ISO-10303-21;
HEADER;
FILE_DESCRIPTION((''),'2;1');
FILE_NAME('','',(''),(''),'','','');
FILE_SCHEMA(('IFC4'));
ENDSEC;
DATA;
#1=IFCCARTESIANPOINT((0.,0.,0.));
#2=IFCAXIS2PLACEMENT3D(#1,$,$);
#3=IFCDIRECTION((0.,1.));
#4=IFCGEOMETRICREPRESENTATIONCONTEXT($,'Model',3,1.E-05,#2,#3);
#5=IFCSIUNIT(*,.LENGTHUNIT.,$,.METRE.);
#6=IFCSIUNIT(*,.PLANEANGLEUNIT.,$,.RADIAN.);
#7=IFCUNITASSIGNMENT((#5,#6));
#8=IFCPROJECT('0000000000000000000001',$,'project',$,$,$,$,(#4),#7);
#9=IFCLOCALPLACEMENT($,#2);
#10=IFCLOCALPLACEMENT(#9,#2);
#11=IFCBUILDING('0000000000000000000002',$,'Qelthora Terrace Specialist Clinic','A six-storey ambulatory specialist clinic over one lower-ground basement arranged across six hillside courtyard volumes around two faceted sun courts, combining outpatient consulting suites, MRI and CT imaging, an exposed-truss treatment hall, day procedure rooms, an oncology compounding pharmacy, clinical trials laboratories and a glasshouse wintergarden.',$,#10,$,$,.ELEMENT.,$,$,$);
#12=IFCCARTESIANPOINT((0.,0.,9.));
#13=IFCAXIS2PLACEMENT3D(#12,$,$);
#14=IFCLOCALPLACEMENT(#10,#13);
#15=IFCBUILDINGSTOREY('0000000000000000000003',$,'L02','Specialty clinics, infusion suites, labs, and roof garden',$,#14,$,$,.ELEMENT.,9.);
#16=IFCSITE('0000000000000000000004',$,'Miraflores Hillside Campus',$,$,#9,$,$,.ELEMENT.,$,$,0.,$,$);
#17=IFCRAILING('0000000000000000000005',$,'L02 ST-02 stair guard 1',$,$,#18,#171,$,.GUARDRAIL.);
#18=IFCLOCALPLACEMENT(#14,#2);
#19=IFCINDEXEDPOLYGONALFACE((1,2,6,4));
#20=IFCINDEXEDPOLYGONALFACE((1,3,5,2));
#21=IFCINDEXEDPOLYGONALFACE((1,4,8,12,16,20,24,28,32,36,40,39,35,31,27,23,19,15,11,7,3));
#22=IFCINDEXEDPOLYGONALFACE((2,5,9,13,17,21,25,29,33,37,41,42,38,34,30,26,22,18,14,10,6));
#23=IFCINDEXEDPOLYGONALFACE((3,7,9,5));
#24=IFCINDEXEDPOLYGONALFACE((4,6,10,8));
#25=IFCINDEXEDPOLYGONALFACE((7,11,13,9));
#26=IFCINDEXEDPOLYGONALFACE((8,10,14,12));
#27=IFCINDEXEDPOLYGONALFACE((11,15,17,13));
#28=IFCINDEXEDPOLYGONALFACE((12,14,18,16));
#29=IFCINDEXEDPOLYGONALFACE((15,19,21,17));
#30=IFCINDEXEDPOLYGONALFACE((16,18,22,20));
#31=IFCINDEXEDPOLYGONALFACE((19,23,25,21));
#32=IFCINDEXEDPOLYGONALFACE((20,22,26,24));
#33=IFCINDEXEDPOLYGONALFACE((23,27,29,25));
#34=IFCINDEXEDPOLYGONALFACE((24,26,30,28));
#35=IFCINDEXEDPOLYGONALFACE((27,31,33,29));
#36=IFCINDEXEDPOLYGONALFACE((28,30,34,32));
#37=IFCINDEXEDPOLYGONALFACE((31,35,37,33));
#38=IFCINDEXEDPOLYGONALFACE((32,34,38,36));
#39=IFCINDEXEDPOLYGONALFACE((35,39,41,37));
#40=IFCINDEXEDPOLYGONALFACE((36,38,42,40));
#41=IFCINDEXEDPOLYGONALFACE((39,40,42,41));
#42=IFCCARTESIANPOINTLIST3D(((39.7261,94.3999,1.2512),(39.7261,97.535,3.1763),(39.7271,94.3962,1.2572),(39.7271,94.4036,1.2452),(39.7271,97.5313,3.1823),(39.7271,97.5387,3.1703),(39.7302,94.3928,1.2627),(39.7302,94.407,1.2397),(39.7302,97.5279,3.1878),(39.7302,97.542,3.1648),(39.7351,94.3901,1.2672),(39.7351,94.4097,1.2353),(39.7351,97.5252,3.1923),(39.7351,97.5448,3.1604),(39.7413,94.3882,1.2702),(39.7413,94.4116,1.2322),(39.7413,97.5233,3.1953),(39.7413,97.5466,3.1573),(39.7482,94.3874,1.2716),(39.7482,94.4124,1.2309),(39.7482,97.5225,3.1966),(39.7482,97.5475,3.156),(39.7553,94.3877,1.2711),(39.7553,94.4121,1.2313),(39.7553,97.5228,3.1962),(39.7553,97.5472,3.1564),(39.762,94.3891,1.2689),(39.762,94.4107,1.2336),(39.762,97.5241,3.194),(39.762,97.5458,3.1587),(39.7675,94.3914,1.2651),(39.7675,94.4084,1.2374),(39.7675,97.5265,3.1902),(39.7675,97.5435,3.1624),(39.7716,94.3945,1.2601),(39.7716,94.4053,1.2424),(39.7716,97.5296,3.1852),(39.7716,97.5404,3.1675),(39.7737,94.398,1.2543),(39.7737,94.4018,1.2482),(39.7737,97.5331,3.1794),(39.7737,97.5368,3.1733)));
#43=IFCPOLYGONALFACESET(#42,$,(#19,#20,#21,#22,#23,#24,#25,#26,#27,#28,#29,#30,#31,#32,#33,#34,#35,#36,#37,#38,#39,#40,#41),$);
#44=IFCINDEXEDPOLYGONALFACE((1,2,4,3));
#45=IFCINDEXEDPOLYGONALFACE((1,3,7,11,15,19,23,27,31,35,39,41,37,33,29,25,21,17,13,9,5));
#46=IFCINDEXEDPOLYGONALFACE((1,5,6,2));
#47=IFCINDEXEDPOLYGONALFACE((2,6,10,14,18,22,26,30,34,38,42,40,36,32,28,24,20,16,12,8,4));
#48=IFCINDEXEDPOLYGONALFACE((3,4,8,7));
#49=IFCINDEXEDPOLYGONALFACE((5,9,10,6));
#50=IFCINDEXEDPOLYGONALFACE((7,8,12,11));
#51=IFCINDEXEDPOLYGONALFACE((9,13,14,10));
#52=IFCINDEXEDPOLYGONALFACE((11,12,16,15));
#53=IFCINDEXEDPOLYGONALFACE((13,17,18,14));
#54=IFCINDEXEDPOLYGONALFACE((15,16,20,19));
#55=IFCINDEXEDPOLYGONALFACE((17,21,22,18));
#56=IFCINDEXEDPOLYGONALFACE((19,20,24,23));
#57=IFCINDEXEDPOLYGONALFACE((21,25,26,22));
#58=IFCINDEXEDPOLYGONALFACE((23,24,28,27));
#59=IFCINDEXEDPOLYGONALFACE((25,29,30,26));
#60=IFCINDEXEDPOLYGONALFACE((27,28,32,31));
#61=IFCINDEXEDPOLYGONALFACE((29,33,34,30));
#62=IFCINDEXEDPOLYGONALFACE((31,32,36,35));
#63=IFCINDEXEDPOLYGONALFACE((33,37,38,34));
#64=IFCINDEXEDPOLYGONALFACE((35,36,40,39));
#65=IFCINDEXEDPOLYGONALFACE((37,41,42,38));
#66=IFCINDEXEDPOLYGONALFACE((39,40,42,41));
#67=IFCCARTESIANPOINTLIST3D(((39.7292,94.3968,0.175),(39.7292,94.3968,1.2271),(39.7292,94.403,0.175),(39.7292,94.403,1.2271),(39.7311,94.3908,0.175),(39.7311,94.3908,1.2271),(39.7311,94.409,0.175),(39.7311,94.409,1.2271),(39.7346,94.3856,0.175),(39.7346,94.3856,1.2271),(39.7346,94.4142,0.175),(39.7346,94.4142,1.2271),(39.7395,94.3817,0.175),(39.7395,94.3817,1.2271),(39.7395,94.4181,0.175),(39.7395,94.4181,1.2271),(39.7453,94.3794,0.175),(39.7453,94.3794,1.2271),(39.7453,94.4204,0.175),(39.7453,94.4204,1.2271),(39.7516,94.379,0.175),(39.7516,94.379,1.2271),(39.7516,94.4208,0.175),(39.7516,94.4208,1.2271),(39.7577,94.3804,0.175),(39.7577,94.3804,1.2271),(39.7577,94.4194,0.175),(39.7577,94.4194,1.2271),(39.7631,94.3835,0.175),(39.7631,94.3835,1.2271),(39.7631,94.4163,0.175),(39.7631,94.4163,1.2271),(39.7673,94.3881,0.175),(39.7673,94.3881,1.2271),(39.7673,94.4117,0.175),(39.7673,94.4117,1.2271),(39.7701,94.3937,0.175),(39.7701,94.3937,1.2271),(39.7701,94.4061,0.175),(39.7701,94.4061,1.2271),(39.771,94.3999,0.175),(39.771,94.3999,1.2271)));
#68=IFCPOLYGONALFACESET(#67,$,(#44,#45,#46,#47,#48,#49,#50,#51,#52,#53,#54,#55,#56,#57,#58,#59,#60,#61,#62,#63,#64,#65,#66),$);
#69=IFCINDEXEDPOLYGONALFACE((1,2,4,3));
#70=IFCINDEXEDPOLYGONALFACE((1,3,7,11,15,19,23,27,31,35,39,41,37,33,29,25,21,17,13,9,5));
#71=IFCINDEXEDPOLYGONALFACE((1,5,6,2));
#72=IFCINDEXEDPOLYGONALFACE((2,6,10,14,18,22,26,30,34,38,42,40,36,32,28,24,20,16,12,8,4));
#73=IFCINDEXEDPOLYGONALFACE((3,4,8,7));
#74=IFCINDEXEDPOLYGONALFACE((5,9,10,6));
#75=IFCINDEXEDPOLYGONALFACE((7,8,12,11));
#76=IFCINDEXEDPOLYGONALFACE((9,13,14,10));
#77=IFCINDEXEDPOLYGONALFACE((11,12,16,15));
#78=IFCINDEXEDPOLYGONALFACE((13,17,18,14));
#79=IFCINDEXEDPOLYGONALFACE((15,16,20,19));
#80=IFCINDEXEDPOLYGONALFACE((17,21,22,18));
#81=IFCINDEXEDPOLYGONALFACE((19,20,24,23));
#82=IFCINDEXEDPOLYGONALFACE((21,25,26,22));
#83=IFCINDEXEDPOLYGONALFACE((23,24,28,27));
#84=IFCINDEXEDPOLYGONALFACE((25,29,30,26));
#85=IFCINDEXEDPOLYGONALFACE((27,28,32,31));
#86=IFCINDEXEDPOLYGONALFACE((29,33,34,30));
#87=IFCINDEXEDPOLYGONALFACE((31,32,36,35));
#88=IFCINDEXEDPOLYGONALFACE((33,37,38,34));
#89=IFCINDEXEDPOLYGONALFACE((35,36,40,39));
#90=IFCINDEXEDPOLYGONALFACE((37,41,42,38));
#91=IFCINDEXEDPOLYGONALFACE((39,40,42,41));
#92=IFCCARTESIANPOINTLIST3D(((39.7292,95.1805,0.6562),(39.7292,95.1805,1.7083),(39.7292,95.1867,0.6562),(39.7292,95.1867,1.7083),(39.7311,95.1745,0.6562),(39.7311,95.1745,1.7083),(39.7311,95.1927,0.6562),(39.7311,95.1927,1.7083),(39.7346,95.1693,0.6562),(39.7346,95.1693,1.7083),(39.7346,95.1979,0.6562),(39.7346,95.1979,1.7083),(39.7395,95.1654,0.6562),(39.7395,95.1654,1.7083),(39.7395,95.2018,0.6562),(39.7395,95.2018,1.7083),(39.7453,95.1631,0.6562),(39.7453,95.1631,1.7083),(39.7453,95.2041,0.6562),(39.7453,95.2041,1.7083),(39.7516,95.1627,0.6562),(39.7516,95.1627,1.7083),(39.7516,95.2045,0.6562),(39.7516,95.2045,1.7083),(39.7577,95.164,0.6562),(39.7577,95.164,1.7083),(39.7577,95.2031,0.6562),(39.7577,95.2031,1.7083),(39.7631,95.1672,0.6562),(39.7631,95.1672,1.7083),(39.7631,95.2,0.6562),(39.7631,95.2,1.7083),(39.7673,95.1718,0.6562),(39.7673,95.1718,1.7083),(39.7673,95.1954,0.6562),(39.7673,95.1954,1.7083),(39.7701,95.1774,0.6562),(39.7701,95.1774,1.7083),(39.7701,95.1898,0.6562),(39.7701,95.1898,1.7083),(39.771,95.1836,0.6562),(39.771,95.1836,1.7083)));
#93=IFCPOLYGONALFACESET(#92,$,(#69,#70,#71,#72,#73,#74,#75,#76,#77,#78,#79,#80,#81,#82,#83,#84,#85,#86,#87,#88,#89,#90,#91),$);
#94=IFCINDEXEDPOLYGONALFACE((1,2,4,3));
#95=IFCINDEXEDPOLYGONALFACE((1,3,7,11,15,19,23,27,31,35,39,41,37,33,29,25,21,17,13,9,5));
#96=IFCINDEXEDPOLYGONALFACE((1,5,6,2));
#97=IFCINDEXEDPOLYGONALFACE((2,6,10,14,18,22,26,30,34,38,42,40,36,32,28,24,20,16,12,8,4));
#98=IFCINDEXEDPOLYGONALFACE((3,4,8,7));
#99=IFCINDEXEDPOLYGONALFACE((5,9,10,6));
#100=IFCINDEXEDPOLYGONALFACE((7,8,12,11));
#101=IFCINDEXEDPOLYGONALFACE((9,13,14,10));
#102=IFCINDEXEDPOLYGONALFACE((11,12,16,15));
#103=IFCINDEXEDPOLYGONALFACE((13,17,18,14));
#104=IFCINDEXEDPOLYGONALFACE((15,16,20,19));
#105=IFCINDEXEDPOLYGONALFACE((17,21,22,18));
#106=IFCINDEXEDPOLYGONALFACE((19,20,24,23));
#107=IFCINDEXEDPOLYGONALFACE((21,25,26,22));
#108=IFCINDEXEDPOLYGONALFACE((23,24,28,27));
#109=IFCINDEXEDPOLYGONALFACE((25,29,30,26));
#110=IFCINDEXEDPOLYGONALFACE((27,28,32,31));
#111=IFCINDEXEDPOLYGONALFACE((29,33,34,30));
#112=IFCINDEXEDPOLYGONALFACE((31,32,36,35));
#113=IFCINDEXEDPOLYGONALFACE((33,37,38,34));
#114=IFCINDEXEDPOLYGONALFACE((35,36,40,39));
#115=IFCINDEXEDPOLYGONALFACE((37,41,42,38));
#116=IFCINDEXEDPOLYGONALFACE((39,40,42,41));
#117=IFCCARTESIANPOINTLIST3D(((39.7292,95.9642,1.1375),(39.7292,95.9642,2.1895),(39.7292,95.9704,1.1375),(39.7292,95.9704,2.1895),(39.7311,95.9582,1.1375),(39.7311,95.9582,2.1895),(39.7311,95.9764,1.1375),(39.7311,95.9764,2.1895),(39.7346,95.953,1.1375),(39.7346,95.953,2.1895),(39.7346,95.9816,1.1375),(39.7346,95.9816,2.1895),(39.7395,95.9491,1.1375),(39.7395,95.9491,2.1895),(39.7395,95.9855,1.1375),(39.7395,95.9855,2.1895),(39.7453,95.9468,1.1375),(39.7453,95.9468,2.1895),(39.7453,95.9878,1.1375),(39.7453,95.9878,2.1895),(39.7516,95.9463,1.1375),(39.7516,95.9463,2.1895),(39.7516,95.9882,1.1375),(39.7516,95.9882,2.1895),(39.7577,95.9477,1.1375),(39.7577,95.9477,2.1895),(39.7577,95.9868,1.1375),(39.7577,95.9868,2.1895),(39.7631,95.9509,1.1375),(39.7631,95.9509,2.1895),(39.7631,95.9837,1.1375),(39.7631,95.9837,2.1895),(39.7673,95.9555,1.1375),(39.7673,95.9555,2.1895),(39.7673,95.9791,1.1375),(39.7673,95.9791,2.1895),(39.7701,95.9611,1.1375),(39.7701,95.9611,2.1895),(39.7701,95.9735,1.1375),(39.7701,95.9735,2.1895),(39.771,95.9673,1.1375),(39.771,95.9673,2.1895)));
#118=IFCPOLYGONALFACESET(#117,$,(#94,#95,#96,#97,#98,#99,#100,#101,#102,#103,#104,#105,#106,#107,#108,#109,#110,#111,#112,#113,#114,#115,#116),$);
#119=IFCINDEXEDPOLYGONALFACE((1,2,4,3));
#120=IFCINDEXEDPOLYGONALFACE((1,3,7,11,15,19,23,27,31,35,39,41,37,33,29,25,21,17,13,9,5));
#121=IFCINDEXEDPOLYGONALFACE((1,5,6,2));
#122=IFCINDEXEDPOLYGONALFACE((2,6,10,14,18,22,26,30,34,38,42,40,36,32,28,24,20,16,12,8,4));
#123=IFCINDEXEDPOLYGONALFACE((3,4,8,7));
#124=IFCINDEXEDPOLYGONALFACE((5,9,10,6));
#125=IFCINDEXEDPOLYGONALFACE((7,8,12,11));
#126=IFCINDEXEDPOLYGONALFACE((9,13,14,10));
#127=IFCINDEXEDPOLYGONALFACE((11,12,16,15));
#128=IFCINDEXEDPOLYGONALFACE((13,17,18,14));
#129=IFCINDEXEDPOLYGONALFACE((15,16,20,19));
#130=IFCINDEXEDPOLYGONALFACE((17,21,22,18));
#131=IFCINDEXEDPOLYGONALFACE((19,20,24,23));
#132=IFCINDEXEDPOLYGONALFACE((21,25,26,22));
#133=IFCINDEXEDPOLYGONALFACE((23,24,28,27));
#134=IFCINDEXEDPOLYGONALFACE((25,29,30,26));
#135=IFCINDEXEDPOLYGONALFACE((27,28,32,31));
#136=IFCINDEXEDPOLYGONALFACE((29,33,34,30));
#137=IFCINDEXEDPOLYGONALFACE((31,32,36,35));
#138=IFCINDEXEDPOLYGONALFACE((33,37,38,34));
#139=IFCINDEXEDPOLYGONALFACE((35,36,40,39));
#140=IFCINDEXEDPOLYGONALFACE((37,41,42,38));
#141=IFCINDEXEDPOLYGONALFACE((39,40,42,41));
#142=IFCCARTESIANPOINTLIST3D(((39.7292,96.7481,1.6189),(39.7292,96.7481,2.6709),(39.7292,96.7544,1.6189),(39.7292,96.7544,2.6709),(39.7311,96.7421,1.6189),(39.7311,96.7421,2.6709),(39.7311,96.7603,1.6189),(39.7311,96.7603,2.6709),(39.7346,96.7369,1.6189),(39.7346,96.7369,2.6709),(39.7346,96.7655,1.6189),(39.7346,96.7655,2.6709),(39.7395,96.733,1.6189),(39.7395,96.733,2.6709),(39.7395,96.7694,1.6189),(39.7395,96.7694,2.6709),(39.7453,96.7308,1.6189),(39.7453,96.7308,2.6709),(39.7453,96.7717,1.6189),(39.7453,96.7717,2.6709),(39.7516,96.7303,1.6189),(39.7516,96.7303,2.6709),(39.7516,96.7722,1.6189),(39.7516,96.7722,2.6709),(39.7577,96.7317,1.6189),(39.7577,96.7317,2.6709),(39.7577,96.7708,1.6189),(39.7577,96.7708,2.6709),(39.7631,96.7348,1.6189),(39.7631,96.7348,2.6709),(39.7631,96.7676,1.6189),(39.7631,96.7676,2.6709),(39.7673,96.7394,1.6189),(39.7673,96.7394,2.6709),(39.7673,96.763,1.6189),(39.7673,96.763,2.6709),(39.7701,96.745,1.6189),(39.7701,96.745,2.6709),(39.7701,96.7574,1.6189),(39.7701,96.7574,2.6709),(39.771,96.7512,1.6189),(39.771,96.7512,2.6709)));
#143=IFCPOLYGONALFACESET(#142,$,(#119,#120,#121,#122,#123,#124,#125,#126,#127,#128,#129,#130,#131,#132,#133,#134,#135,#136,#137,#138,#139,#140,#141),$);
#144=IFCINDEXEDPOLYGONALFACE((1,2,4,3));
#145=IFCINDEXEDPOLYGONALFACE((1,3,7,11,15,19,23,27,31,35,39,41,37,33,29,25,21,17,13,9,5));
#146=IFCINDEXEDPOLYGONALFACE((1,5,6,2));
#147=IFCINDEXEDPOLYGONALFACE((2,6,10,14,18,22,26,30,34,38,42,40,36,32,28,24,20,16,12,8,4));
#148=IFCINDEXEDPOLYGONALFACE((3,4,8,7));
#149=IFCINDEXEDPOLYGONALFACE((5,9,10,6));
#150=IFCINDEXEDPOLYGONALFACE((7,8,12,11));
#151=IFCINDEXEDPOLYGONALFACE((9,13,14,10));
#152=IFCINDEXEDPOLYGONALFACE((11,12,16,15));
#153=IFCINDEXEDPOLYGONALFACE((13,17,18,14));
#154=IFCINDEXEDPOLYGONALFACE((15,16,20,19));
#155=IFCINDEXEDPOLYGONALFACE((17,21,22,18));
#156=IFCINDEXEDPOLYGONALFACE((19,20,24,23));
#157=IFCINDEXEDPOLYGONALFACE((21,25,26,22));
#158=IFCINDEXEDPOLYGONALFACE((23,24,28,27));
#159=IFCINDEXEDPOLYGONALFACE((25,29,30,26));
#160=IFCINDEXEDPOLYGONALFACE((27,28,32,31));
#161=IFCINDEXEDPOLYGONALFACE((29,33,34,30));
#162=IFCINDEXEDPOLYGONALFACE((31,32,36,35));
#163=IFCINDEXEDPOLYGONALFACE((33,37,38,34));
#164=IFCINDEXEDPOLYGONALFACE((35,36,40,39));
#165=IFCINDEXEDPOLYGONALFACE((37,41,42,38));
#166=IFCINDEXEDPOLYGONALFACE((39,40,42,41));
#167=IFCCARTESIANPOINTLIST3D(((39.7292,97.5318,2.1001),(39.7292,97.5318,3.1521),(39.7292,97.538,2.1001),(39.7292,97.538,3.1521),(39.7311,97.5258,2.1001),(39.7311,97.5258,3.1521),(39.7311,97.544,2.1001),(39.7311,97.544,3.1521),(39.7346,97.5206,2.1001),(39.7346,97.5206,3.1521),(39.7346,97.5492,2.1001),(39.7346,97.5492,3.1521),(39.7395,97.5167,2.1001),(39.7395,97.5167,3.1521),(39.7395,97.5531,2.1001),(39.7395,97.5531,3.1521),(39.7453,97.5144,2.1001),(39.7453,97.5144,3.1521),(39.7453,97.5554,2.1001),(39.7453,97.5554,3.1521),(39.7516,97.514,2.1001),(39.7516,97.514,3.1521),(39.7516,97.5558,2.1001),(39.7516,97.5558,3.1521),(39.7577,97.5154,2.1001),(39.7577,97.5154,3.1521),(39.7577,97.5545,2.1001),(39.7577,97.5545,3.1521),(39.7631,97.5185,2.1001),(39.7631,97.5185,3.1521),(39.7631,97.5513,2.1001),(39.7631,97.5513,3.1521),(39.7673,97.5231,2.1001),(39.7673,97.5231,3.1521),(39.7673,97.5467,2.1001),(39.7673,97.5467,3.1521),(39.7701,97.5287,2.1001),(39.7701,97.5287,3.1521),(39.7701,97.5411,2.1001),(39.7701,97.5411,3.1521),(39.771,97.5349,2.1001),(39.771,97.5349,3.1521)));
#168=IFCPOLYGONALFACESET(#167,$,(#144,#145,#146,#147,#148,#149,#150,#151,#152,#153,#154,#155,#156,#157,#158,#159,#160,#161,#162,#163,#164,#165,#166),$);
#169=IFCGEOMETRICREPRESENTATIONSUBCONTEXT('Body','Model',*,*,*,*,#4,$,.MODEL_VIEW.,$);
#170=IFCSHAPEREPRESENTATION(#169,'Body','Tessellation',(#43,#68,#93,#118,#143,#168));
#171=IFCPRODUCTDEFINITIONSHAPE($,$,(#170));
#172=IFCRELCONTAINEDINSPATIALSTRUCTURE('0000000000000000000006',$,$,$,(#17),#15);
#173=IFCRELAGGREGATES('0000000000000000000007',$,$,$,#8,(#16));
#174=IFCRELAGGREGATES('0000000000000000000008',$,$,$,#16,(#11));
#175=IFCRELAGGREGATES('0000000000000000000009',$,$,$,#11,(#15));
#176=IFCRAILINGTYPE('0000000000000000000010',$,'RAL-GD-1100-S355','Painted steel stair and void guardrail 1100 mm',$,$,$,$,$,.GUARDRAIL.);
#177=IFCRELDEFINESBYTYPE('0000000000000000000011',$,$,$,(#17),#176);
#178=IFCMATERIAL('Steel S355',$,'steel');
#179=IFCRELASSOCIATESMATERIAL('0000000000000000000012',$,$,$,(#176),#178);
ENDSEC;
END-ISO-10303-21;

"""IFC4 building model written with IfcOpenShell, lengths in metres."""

from ifc_helpers import new_model, si_unit, direction, frame, origin, origin_2d, place, context, subcontext, project, spatial, circle, extrude, material, type_object, element, save


model = new_model("IFC4")

# Units and contexts
model_context = context("Model", 3, precision=1e-05, world=origin(), true_north=direction((0.0, 1.0)))
body_context = subcontext(model_context, "Body", "Model", "MODEL_VIEW")
ifc_project = project(units=[si_unit("LENGTHUNIT", "METRE"), si_unit("PLANEANGLEUNIT", "RADIAN")], contexts=[model_context])

# Site, building, storey
site_placement = place(None, origin())
site = spatial("IfcSite", under=ifc_project, at=site_placement, Name="Miraflores Hillside Campus", CompositionType="ELEMENT", RefElevation=0.0)
building_placement = place(site_placement, origin())
building = spatial("IfcBuilding", under=site, at=building_placement, Name="Qelthora Terrace Specialist Clinic", Description="A six-storey ambulatory specialist clinic over one lower-ground basement arranged across six hillside courtyard volumes around two faceted sun courts, combining outpatient consulting suites, MRI and CT imaging, an exposed-truss treatment hall, day procedure rooms, an oncology compounding pharmacy, clinical trials laboratories and a glasshouse wintergarden.", CompositionType="ELEMENT")
storey_placement = place(building_placement, frame((0.0, 0.0, 9.0)))
storey = spatial("IfcBuildingStorey", under=building, at=storey_placement, Name="L02", Description="Specialty clinics, infusion suites, labs, and roof garden", CompositionType="ELEMENT", Elevation=9.0)

# Shared definitions
ifc_material_1 = material(Name="Steel S355", Category="steel")

# Railing
railing_type_1 = type_object("IfcRailingType", Name="RAL-GD-1100-S355", Description="Painted steel stair and void guardrail 1100 mm", PredefinedType="GUARDRAIL", material=ifc_material_1)
railing_1_placement = place(storey_placement, frame((39.75, 94.3999, 0.175)))
element("IfcRailing", 1, at=railing_1_placement, inside=storey, type_object=railing_type_1, Name="L02 ST-02 stair guard 1", PredefinedType="GUARDRAIL", context=body_context, shape_type="SweptSolid", body=[
    extrude(circle(Radius=0.0239, at=origin_2d()), frame((0.0, 0.0, 1.0762), z_axis=(0.0, 0.852166, 0.523271), x_axis=(-1.0, 0.0, 0.0)), (0.0, 0.0, 1.0), 3.679),
    extrude(circle(Radius=0.021, at=origin_2d()), origin(), (0.0, 0.0, 1.0), 1.052),
    extrude(circle(Radius=0.021, at=origin_2d()), frame((0.0, 0.7837, 0.4812)), (0.0, 0.0, 1.0), 1.052),
    extrude(circle(Radius=0.021, at=origin_2d()), frame((0.0, 1.5674, 0.9624)), (0.0, 0.0, 1.0), 1.052),
    extrude(circle(Radius=0.021, at=origin_2d()), frame((0.0, 2.3513, 1.4438)), (0.0, 0.0, 1.0), 1.052),
    extrude(circle(Radius=0.021, at=origin_2d()), frame((0.0, 3.135, 1.925)), (0.0, 0.0, 1.0), 1.052),
])

save(model, "model.ifc")
